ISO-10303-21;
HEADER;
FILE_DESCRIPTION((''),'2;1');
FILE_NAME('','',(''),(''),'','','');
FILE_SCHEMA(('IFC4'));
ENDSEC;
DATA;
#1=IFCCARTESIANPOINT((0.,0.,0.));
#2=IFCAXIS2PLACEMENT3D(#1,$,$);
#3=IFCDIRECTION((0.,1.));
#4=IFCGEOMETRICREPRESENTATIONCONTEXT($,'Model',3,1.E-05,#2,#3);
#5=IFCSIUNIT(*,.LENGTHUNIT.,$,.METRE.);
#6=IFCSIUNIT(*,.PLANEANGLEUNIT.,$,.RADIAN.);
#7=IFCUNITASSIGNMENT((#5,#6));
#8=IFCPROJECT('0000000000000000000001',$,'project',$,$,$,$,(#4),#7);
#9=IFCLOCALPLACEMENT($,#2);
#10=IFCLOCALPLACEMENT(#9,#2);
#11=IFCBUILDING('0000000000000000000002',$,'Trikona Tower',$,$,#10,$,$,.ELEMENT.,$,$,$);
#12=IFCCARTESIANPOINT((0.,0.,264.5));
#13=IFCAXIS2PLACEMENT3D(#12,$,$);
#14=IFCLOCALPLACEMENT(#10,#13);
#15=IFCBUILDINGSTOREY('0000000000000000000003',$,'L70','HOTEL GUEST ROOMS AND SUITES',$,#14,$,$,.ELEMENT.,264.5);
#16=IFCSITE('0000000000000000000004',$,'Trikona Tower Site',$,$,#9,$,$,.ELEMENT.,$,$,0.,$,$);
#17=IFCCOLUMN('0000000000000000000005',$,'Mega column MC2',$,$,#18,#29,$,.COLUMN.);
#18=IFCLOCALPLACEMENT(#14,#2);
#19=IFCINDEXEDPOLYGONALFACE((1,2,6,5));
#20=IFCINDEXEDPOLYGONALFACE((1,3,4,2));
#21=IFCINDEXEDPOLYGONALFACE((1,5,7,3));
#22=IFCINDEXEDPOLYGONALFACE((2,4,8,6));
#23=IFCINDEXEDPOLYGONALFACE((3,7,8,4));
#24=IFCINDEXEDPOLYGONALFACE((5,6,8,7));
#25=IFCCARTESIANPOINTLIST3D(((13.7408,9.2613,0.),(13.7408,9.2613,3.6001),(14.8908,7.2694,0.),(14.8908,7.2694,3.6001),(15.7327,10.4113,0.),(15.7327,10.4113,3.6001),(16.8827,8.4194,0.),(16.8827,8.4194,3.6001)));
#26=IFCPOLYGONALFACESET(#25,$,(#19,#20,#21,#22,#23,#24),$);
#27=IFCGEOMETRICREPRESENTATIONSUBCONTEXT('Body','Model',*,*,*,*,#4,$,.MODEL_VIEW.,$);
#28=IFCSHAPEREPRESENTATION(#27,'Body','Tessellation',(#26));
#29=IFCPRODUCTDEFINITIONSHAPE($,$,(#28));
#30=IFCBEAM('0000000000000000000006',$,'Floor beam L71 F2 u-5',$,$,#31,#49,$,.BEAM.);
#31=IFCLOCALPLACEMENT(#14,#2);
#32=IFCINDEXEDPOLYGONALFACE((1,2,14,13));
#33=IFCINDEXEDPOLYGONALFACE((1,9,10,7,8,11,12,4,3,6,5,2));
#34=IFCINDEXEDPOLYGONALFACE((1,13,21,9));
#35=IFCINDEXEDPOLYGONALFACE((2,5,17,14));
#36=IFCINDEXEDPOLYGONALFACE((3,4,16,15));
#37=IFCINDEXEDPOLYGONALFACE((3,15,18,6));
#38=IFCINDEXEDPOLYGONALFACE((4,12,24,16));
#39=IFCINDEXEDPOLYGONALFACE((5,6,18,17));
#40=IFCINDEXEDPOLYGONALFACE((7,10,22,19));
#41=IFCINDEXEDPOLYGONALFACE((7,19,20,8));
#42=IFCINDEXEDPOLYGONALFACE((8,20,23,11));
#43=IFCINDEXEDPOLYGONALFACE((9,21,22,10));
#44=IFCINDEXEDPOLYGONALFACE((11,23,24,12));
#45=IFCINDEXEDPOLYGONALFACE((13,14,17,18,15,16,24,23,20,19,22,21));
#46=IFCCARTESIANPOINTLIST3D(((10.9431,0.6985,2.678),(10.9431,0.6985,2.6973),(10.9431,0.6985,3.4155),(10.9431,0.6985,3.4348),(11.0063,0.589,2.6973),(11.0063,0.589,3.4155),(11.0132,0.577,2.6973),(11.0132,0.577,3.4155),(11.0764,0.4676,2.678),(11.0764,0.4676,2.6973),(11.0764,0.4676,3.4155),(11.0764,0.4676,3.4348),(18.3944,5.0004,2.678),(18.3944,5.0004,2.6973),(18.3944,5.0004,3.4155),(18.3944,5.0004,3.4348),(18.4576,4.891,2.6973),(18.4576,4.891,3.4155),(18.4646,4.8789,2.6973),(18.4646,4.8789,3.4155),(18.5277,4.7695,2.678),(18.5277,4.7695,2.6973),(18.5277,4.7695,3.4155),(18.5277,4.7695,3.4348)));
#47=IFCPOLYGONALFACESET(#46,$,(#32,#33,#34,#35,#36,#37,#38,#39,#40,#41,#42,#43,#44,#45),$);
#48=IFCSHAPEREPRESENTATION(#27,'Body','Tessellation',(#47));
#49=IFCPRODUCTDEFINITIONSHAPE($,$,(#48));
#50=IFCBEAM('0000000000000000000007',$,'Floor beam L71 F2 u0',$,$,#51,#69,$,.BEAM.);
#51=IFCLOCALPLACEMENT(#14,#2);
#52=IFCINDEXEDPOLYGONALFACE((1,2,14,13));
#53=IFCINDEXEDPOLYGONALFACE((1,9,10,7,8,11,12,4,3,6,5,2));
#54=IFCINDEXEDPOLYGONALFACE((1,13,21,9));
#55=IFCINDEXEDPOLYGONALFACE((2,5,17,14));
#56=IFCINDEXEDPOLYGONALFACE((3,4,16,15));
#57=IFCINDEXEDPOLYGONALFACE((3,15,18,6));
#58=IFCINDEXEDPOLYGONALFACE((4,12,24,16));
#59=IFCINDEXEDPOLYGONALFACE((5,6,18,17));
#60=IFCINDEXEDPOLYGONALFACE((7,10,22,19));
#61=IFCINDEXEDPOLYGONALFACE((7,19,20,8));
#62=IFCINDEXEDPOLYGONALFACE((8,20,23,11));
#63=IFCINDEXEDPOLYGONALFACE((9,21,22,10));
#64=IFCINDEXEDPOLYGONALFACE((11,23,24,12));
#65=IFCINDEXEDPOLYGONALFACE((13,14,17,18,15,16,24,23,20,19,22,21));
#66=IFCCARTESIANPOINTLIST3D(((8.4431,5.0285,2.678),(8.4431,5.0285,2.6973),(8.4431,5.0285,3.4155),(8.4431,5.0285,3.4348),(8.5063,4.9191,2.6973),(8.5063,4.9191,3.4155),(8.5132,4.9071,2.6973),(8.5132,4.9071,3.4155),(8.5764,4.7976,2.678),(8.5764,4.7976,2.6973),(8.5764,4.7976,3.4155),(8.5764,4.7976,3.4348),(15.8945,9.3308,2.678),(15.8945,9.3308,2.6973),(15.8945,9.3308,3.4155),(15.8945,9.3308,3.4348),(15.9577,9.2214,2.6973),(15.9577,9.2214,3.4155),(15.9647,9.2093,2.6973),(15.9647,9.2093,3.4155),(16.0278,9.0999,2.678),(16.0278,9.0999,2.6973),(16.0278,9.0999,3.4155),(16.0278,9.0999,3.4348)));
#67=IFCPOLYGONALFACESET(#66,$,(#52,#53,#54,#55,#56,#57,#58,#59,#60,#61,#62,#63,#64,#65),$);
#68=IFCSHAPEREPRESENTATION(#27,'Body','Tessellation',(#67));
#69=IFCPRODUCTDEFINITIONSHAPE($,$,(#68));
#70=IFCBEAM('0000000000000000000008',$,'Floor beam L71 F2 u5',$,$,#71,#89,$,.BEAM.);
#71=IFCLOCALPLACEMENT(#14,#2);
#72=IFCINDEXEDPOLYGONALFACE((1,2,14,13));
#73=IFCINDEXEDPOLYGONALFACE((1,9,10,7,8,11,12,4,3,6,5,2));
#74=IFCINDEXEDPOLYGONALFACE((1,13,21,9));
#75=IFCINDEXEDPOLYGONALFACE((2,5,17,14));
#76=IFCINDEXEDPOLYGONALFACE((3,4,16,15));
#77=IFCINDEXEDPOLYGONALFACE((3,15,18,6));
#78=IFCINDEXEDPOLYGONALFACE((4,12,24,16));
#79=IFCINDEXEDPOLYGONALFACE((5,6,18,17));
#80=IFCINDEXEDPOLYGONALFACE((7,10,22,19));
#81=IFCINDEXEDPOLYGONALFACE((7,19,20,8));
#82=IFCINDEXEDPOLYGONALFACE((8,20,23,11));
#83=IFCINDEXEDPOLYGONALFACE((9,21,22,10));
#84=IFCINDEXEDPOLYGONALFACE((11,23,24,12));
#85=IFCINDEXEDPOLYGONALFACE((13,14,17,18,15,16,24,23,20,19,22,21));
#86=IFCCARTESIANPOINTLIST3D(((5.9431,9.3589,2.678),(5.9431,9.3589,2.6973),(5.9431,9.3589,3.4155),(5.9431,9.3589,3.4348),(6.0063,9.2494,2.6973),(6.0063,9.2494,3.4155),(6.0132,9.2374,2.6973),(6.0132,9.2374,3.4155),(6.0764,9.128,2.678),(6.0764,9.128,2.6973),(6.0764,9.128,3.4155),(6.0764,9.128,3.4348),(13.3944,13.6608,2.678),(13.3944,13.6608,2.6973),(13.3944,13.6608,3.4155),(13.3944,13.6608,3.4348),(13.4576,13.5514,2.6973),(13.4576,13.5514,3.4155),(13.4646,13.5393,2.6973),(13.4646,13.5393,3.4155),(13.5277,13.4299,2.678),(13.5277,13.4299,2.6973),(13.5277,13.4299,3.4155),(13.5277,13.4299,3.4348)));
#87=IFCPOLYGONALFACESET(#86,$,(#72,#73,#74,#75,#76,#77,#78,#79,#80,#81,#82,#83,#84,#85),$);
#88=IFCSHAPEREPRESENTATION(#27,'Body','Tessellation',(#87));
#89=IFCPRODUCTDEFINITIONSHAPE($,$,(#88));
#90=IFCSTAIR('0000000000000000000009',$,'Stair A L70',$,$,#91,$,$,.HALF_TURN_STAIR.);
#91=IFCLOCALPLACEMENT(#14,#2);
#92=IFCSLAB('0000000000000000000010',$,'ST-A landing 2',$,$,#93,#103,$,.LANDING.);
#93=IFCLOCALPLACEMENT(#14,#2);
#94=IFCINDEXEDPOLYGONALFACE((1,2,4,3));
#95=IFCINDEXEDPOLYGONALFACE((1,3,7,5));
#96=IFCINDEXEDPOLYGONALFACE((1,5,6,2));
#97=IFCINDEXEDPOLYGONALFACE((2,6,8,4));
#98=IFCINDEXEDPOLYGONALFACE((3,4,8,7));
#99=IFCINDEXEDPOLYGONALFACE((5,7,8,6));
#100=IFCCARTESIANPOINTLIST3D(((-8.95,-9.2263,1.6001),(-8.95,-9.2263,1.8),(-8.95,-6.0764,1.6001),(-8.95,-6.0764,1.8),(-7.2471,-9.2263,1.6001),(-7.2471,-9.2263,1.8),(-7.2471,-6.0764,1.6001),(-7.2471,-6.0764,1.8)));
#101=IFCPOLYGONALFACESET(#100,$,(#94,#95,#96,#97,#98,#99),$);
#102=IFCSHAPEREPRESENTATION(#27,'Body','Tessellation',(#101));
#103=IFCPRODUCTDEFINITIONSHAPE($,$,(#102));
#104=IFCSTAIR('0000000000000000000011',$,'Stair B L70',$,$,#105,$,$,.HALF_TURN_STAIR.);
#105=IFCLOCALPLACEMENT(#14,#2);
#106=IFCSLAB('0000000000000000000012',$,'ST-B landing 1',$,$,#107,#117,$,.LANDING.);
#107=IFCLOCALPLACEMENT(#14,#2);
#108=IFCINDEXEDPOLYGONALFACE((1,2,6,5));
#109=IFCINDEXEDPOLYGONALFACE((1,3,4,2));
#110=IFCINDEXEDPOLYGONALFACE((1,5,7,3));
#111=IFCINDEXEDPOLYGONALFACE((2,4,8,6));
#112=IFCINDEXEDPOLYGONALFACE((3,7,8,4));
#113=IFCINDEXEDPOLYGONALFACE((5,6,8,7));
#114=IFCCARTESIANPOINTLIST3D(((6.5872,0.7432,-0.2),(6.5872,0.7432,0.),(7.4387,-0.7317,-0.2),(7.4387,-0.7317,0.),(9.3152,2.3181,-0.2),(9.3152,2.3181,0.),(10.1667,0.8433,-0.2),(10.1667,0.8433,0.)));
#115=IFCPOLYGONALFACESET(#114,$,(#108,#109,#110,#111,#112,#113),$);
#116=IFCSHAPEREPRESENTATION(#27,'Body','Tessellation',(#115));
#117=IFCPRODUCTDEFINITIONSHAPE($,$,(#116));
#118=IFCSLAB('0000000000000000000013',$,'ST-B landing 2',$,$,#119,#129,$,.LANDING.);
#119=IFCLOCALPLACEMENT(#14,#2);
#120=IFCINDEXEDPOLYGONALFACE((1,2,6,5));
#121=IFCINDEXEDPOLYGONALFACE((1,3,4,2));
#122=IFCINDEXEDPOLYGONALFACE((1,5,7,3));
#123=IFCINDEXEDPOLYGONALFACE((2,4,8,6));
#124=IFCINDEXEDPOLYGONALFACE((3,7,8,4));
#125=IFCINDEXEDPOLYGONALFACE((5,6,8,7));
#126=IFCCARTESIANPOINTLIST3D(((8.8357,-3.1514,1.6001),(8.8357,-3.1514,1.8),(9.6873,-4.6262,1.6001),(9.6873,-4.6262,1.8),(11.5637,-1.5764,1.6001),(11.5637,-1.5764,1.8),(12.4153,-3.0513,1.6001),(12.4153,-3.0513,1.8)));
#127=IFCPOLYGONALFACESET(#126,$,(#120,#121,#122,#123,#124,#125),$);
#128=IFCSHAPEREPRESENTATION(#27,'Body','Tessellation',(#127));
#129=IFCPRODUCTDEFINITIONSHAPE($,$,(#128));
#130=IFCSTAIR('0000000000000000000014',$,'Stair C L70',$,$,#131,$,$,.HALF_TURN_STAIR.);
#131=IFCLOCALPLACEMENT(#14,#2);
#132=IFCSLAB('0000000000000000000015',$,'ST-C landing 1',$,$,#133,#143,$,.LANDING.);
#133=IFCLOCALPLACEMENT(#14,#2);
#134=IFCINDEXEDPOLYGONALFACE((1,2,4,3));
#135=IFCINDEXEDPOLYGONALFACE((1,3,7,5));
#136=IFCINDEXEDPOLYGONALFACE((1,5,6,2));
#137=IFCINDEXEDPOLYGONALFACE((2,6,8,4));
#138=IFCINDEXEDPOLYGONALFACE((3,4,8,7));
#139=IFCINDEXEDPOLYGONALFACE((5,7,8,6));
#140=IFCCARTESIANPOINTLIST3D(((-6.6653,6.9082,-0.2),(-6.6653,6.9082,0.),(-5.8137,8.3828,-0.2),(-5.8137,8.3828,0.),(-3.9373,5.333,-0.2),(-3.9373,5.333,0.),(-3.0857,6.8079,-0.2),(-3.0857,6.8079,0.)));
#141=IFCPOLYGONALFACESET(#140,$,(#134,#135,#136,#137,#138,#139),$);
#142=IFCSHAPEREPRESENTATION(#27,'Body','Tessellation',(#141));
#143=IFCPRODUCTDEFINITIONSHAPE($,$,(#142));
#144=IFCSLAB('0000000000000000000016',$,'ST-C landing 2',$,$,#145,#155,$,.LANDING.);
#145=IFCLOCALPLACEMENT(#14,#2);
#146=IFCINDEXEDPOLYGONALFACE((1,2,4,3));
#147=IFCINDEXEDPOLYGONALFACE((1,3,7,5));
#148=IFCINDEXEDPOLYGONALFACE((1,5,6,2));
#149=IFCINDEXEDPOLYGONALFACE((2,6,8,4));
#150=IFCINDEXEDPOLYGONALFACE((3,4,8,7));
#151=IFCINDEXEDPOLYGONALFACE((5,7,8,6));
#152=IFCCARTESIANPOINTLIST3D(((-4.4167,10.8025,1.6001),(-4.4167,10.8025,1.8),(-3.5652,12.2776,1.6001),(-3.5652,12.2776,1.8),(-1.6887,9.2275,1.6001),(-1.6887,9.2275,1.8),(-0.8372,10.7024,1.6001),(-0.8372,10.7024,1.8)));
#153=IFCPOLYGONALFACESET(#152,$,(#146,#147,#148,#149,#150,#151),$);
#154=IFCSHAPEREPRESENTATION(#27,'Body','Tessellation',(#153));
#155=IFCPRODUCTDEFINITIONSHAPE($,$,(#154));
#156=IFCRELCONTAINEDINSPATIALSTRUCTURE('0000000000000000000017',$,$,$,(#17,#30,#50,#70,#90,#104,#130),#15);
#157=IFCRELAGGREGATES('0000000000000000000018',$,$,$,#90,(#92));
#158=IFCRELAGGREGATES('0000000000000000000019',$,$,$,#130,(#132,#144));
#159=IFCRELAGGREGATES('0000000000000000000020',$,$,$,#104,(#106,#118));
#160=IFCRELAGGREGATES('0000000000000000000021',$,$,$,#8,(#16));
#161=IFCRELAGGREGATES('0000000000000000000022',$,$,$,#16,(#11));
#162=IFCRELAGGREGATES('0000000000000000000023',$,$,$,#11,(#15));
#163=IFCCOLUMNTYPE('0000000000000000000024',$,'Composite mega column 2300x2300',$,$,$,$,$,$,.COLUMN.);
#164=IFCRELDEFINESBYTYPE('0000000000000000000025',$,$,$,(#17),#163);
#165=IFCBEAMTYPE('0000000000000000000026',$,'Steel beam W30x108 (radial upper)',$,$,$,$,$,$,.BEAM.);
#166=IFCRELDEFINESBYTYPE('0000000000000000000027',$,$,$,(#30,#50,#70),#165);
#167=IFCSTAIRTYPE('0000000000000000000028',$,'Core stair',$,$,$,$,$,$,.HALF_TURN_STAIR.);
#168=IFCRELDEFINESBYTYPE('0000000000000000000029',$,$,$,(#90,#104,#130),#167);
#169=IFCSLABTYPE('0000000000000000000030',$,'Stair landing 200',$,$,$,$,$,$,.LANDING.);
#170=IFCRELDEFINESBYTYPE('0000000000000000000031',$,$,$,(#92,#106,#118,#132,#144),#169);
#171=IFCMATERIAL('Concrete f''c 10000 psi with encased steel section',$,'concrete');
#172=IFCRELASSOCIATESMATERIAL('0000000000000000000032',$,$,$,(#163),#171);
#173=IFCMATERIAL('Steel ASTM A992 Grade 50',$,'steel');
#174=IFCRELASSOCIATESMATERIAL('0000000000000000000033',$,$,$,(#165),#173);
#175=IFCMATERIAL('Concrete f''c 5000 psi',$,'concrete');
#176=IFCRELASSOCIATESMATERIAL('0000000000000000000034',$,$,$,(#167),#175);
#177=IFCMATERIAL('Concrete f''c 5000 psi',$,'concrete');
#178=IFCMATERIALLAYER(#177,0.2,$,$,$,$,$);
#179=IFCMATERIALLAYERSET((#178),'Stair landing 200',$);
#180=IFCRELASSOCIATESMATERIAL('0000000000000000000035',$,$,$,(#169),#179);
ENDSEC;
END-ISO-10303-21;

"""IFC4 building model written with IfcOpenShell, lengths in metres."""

from ifc_helpers import new_model, si_unit, direction, frame, origin, origin_2d, place, context, subcontext, project, spatial, polyline, rectangle, i_section, outline, extrude, material, layer, layer_set, material_profile, profile_set, type_object, element, aggregate, save


model = new_model("IFC4")

# Units and contexts
model_context = context("Model", 3, precision=1e-05, world=origin(), true_north=direction((0.0, 1.0)))
body_context = subcontext(model_context, "Body", "Model", "MODEL_VIEW")
ifc_project = project(units=[si_unit("LENGTHUNIT", "METRE"), si_unit("PLANEANGLEUNIT", "RADIAN")], contexts=[model_context])

# Site, building, storey
site_placement = place(None, origin())
site = spatial("IfcSite", under=ifc_project, at=site_placement, Name="Trikona Tower Site", CompositionType="ELEMENT", RefElevation=0.0)
building_placement = place(site_placement, origin())
building = spatial("IfcBuilding", under=site, at=building_placement, Name="Trikona Tower", CompositionType="ELEMENT")
storey_placement = place(building_placement, frame((0.0, 0.0, 264.5)))
storey = spatial("IfcBuildingStorey", under=building, at=storey_placement, Name="L70", Description="HOTEL GUEST ROOMS AND SUITES", CompositionType="ELEMENT", Elevation=264.5)

# Column
ifc_material_1 = material(Name="Concrete f'c 10000 psi with encased steel section", Category="concrete")
ifc_material_profile_1 = material_profile(ifc_material_1, rectangle(XDim=2.3, YDim=2.3, at=origin_2d()), Name="MC2300")
ifc_profile_set_1 = profile_set([ifc_material_profile_1], Name="Concrete f'c 10000 psi with encased steel section")
column_type = type_object("IfcColumnType", Name="Composite mega column 2300x2300", PredefinedType="COLUMN", material=ifc_profile_set_1)
column_placement = place(storey_placement, frame((15.3118, 8.8403, 0.0), z_axis=(0.0, 0.0, 1.0), x_axis=(0.866025, 0.5, 0.0)))
element("IfcColumn", 1, at=column_placement, inside=storey, type_object=column_type, Name="Mega column MC2", PredefinedType="COLUMN", context=body_context, shape_type="SweptSolid", body=[
    extrude(rectangle(XDim=2.3, YDim=2.3, at=origin_2d()), origin(), (0.0, 0.0, 1.0), 3.6001),
])

# Beams
ifc_material_2 = material(Name="Steel ASTM A992 Grade 50", Category="steel")
ifc_material_profile_2 = material_profile(ifc_material_2, i_section(OverallWidth=0.2666, OverallDepth=0.7568, WebThickness=0.0139, FlangeThickness=0.0193, at=origin_2d()), Name="W30X108")
ifc_profile_set_2 = profile_set([ifc_material_profile_2], Name="Steel ASTM A992 Grade 50")
beam_type = type_object("IfcBeamType", Name="Steel beam W30x108 (radial upper)", PredefinedType="BEAM", material=ifc_profile_set_2)
beam_1_placement = place(storey_placement, frame((11.0098, 0.583, 3.0564), z_axis=(0.866029, 0.499993, 0.0), x_axis=(-0.499993, 0.866029, 0.0)))
element("IfcBeam", 2, at=beam_1_placement, inside=storey, type_object=beam_type, Name="Floor beam L71 F2 u-5", PredefinedType="BEAM", context=body_context, shape_type="SweptSolid", body=[
    extrude(i_section(OverallWidth=0.2666, OverallDepth=0.7568, WebThickness=0.0139, FlangeThickness=0.0193, at=origin_2d()), origin(), (0.0, 0.0, 1.0), 8.604),
])
beam_2_placement = place(storey_placement, frame((8.5098, 4.9131, 3.0564), z_axis=(0.866017, 0.500015, 0.0), x_axis=(-0.500015, 0.866017, 0.0)))
element("IfcBeam", 3, at=beam_2_placement, inside=storey, type_object=beam_type, Name="Floor beam L71 F2 u0", PredefinedType="BEAM", context=body_context, shape_type="SweptSolid", body=[
    extrude(i_section(OverallWidth=0.2666, OverallDepth=0.7568, WebThickness=0.0139, FlangeThickness=0.0193, at=origin_2d()), origin(), (0.0, 0.0, 1.0), 8.6042),
])
beam_3_placement = place(storey_placement, frame((6.0098, 9.2434, 3.0564), z_axis=(0.866029, 0.499993, 0.0), x_axis=(-0.499993, 0.866029, 0.0)))
element("IfcBeam", 4, at=beam_3_placement, inside=storey, type_object=beam_type, Name="Floor beam L71 F2 u5", PredefinedType="BEAM", context=body_context, shape_type="SweptSolid", body=[
    extrude(i_section(OverallWidth=0.2666, OverallDepth=0.7568, WebThickness=0.0139, FlangeThickness=0.0193, at=origin_2d()), origin(), (0.0, 0.0, 1.0), 8.604),
])

# Stair, slab
ifc_material_3 = material(Name="Concrete f'c 5000 psi", Category="concrete")
stair_type = type_object("IfcStairType", Name="Core stair", PredefinedType="HALF_TURN_STAIR", material=ifc_material_3)
stair_1_placement = place(storey_placement, origin())
stair_1 = element("IfcStair", 5, at=stair_1_placement, inside=storey, type_object=stair_type, Name="Stair A L70", PredefinedType="HALF_TURN_STAIR")
ifc_material_4 = material(Name="Concrete f'c 5000 psi", Category="concrete")
ifc_layer_1 = layer(ifc_material_4, 0.2)
ifc_layer_set_1 = layer_set([ifc_layer_1], Name="Stair landing 200")
slab_type = type_object("IfcSlabType", Name="Stair landing 200", PredefinedType="LANDING", material=ifc_layer_set_1)
slab_1_placement = place(storey_placement, frame((0.0, 0.0, 1.6001)))
slab_1 = element("IfcSlab", 6, at=slab_1_placement, type_object=slab_type, Name="ST-A landing 2", PredefinedType="LANDING", context=body_context, shape_type="SweptSolid", body=[
    extrude(outline(polyline([(-8.95, -6.0764), (-7.2471, -6.0764), (-7.2471, -9.2263), (-8.95, -9.2263), (-8.95, -6.0764)])), origin(), (0.0, 0.0, 1.0), 0.2),
])
aggregate(stair_1, [slab_1])

# Stairs, slabs
stair_2_placement = place(storey_placement, origin())
stair_2 = element("IfcStair", 7, at=stair_2_placement, inside=storey, type_object=stair_type, Name="Stair B L70", PredefinedType="HALF_TURN_STAIR")
slab_2_placement = place(storey_placement, frame((0.0, 0.0, -0.2)))
slab_2 = element("IfcSlab", 8, at=slab_2_placement, type_object=slab_type, Name="ST-B landing 1", PredefinedType="LANDING", context=body_context, shape_type="SweptSolid", body=[
    extrude(outline(polyline([(7.4387, -0.7317), (6.5872, 0.7432), (9.3152, 2.3181), (10.1667, 0.8433), (7.4387, -0.7317)])), origin(), (0.0, 0.0, 1.0), 0.2),
])
slab_3_placement = place(storey_placement, frame((0.0, 0.0, 1.6001)))
slab_3 = element("IfcSlab", 9, at=slab_3_placement, type_object=slab_type, Name="ST-B landing 2", PredefinedType="LANDING", context=body_context, shape_type="SweptSolid", body=[
    extrude(outline(polyline([(9.6873, -4.6262), (8.8357, -3.1514), (11.5637, -1.5764), (12.4153, -3.0513), (9.6873, -4.6262)])), origin(), (0.0, 0.0, 1.0), 0.2),
])
stair_3_placement = place(storey_placement, origin())
stair_3 = element("IfcStair", 10, at=stair_3_placement, inside=storey, type_object=stair_type, Name="Stair C L70", PredefinedType="HALF_TURN_STAIR")
slab_4_placement = place(storey_placement, frame((0.0, 0.0, -0.2)))
slab_4 = element("IfcSlab", 11, at=slab_4_placement, type_object=slab_type, Name="ST-C landing 1", PredefinedType="LANDING", context=body_context, shape_type="SweptSolid", body=[
    extrude(outline(polyline([(-3.0857, 6.8079), (-3.9373, 5.333), (-6.6653, 6.9082), (-5.8137, 8.3828), (-3.0857, 6.8079)])), origin(), (0.0, 0.0, 1.0), 0.2),
])
slab_5_placement = place(storey_placement, frame((0.0, 0.0, 1.6001)))
slab_5 = element("IfcSlab", 12, at=slab_5_placement, type_object=slab_type, Name="ST-C landing 2", PredefinedType="LANDING", context=body_context, shape_type="SweptSolid", body=[
    extrude(outline(polyline([(-0.8372, 10.7024), (-1.6887, 9.2275), (-4.4167, 10.8025), (-3.5652, 12.2776), (-0.8372, 10.7024)])), origin(), (0.0, 0.0, 1.0), 0.2),
])
aggregate(stair_3, [slab_4, slab_5])

aggregate(stair_2, [slab_2, slab_3])

save(model, "model.ifc")
